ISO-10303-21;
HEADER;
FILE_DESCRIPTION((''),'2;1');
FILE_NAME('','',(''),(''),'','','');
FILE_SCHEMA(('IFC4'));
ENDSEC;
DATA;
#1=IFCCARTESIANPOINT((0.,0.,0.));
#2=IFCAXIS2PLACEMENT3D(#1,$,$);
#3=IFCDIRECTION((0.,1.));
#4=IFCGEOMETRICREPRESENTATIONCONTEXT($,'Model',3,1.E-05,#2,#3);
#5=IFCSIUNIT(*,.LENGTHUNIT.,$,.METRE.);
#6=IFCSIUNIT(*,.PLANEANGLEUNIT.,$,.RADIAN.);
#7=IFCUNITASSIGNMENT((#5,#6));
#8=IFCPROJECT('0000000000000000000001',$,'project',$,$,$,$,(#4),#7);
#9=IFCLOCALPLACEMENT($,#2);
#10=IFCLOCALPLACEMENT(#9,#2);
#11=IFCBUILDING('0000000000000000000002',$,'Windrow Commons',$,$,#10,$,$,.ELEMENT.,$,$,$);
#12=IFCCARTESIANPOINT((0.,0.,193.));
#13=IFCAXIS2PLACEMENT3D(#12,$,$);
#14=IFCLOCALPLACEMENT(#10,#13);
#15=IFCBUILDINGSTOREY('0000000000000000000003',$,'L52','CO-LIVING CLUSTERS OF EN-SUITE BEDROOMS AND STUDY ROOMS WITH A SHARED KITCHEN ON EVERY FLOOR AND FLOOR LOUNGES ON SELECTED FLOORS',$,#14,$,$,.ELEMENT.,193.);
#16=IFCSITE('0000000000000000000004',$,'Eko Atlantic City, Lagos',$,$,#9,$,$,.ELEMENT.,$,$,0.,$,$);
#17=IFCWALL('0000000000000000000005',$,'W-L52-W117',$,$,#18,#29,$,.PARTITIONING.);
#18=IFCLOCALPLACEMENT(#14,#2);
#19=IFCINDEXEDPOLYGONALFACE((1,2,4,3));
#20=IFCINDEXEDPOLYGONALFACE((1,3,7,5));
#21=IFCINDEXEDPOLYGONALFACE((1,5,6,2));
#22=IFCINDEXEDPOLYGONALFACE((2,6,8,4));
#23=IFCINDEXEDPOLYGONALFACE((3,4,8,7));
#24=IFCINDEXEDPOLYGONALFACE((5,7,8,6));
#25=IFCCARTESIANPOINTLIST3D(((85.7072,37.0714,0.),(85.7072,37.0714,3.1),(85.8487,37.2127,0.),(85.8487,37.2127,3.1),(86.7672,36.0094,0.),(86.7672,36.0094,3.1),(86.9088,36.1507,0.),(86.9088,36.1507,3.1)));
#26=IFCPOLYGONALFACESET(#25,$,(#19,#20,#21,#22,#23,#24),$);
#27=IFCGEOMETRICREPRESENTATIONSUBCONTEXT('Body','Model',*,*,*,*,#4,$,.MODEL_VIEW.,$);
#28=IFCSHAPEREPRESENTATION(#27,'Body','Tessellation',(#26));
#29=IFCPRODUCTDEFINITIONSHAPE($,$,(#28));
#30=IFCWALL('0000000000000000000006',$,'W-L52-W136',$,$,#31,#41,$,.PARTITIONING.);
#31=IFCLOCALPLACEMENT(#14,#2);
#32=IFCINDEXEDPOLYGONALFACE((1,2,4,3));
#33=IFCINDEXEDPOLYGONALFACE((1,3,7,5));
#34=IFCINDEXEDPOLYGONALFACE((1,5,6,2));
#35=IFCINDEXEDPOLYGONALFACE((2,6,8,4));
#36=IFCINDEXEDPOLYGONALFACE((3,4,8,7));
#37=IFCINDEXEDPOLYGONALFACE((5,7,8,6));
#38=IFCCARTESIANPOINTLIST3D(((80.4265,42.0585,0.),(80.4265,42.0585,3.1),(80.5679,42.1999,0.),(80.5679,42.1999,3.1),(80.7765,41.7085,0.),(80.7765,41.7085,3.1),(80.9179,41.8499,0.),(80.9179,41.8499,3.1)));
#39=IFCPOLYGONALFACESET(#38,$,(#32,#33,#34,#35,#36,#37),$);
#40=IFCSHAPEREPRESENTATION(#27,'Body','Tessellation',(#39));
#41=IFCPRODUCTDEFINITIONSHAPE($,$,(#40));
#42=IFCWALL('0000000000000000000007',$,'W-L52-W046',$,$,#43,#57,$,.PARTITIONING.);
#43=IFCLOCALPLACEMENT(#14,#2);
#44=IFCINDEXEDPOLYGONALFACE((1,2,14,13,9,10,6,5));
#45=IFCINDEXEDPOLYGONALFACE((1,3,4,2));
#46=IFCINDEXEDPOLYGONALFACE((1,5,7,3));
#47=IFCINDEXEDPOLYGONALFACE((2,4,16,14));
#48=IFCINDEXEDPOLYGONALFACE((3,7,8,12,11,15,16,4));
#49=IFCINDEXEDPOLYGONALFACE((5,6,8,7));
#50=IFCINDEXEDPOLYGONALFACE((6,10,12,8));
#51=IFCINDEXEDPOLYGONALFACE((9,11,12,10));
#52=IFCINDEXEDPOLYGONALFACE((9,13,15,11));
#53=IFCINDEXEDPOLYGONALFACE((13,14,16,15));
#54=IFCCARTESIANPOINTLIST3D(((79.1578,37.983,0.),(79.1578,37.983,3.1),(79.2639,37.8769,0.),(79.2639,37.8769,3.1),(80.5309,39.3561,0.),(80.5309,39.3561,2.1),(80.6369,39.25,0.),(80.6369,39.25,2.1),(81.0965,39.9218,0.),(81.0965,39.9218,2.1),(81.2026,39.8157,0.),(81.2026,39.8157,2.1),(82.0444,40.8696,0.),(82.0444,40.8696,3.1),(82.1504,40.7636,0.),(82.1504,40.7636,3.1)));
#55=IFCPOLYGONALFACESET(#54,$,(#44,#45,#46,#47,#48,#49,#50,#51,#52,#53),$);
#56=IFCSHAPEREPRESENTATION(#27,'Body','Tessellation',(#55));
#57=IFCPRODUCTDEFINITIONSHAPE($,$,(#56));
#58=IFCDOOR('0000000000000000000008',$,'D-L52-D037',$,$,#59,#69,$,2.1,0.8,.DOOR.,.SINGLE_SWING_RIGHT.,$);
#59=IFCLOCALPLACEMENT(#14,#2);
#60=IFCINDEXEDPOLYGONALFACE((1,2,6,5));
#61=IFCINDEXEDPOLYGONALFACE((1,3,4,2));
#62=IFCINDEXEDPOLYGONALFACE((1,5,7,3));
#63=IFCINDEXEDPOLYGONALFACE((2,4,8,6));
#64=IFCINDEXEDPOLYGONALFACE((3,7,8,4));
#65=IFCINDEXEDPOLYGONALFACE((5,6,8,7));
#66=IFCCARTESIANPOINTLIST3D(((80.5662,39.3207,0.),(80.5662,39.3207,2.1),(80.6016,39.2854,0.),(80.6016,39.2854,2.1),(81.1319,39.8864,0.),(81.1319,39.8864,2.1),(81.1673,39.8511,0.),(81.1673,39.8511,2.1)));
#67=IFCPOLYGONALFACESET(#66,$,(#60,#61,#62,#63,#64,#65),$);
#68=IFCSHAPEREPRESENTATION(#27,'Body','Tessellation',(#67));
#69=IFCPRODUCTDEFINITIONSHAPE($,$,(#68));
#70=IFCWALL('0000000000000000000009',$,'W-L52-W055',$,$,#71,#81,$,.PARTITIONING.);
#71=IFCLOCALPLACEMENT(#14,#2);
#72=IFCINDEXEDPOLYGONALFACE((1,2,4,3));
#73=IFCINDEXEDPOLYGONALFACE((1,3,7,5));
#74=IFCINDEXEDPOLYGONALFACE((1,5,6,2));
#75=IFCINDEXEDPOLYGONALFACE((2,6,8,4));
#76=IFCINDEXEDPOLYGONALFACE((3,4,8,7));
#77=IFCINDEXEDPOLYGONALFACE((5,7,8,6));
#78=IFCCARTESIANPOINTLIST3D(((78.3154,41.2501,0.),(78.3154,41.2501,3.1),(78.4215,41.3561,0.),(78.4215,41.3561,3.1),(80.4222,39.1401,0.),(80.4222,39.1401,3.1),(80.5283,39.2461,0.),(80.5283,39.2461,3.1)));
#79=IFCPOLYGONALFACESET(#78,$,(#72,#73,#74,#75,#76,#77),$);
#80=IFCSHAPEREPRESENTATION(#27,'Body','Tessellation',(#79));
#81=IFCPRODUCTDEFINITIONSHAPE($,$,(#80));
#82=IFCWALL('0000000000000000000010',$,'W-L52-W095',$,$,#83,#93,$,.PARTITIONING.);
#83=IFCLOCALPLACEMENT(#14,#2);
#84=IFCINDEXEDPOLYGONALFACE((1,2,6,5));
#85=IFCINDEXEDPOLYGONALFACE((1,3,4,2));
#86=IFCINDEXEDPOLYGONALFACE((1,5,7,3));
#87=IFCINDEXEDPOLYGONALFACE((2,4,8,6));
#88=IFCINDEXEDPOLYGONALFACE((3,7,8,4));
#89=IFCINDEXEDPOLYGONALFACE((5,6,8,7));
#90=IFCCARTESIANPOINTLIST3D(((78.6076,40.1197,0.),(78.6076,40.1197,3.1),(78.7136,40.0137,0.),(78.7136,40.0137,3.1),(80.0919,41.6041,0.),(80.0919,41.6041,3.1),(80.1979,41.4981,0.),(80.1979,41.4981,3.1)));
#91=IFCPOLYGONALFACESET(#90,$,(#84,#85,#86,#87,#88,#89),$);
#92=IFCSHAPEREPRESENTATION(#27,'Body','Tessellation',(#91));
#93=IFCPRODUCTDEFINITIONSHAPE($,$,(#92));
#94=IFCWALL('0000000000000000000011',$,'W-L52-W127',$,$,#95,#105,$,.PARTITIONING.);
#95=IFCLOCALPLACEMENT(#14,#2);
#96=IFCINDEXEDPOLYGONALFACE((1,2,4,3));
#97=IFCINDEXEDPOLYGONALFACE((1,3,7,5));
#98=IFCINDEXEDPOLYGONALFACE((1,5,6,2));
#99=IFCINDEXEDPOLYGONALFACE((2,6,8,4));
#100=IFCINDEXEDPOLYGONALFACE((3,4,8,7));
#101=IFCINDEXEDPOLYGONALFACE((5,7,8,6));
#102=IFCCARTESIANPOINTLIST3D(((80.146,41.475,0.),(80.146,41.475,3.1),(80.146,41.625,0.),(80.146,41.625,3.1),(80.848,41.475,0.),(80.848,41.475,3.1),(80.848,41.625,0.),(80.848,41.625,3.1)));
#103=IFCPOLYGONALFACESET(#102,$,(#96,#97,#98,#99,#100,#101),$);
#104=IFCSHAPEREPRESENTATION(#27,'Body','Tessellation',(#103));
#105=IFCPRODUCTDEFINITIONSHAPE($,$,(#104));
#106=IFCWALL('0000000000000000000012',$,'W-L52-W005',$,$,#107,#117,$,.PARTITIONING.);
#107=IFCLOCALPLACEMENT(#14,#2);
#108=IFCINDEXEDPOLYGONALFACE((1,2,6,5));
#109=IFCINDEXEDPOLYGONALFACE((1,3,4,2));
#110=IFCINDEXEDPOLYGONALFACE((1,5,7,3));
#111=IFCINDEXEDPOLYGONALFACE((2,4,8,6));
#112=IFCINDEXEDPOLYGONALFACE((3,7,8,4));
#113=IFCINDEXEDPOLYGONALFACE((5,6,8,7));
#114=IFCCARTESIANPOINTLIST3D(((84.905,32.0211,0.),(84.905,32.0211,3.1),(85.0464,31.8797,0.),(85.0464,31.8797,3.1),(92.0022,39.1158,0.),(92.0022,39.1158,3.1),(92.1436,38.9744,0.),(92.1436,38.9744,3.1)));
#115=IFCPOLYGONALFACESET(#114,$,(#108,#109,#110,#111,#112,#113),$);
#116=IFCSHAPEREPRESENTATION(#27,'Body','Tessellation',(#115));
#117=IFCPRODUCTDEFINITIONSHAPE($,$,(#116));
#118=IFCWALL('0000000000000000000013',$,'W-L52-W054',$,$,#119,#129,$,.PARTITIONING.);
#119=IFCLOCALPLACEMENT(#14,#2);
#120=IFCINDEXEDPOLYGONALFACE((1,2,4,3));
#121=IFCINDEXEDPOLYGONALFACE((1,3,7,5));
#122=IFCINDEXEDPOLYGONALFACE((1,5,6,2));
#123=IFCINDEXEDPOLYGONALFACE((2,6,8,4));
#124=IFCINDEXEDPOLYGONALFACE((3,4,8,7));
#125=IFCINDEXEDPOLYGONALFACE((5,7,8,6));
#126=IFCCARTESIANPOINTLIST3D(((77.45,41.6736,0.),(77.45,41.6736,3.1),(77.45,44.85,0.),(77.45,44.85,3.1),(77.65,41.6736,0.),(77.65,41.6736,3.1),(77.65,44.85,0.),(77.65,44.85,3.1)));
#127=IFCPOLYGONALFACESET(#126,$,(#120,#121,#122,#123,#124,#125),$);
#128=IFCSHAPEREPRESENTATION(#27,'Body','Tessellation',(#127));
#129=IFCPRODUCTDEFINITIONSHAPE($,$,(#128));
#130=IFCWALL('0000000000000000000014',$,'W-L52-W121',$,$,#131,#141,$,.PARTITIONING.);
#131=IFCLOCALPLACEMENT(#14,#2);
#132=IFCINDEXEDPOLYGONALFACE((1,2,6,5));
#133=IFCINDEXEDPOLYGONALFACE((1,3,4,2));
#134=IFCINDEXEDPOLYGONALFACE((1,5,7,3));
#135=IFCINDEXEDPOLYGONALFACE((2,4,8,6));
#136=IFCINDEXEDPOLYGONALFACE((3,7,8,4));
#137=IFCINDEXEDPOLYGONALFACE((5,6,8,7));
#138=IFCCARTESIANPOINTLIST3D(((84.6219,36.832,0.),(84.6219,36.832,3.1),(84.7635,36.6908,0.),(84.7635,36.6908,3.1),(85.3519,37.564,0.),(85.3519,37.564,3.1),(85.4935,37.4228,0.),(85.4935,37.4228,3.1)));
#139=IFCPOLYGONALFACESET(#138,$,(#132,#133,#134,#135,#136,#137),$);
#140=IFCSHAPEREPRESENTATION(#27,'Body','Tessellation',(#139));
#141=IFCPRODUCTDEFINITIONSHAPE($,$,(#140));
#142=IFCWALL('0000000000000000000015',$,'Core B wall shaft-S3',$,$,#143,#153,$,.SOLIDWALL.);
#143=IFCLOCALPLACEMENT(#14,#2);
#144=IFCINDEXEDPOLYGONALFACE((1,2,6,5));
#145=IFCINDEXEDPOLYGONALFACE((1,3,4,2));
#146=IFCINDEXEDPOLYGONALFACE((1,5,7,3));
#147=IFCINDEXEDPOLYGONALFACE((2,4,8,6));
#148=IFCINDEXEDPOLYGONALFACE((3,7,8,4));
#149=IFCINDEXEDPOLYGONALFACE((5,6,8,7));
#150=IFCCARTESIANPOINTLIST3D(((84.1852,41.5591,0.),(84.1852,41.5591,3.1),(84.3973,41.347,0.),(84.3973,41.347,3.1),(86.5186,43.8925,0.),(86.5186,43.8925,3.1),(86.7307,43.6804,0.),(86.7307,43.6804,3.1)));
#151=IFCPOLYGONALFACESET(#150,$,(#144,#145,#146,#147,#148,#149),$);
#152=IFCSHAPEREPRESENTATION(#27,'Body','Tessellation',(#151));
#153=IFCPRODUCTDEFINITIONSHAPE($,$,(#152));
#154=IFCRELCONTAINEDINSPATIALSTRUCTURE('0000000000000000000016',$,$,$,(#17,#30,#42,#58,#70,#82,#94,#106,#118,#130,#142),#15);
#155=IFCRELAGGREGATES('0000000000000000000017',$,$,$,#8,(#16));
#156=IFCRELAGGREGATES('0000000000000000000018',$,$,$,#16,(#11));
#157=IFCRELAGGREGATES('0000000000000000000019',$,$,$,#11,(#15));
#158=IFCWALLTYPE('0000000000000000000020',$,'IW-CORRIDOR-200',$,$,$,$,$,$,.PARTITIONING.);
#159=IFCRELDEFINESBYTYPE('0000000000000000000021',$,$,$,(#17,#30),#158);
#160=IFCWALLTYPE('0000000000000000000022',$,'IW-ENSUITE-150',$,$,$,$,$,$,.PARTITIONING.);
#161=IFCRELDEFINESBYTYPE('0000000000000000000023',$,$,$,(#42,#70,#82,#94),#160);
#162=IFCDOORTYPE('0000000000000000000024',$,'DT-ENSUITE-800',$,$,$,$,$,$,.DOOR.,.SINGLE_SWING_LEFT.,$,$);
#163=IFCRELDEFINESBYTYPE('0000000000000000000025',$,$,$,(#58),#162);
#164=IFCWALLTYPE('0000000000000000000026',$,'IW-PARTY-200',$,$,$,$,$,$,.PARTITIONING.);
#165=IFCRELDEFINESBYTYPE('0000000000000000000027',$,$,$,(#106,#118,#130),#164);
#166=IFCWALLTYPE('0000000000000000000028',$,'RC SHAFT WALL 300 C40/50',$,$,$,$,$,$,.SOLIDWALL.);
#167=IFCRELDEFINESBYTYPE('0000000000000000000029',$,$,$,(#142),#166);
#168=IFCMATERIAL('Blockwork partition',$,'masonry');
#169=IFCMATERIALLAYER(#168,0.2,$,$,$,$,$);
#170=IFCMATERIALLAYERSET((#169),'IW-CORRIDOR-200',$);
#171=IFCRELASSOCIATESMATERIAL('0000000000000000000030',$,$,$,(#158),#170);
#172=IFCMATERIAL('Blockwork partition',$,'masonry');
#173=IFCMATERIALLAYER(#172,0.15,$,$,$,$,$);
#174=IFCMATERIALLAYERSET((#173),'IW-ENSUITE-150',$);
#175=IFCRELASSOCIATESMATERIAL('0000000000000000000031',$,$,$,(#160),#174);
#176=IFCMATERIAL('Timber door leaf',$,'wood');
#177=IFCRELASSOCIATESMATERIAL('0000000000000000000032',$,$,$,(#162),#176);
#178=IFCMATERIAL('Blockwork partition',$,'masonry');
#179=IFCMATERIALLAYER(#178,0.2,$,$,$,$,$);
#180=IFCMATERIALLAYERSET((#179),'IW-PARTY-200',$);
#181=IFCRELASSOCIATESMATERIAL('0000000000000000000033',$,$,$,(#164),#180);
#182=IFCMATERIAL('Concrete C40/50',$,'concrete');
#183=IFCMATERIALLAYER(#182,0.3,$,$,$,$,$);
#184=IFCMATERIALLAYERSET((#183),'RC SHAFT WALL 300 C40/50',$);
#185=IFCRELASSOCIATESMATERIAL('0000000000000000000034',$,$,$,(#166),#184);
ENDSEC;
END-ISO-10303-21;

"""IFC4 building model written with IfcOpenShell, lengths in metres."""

from ifc_helpers import new_model, si_unit, direction, frame, frame_2d, origin, place, context, subcontext, project, spatial, rectangle, extrude, material, layer, layer_set, type_object, element, fill, save


model = new_model("IFC4")

# Units and contexts
model_context = context("Model", 3, precision=1e-05, world=origin(), true_north=direction((0.0, 1.0)))
body_context = subcontext(model_context, "Body", "Model", "MODEL_VIEW")
ifc_project = project(units=[si_unit("LENGTHUNIT", "METRE"), si_unit("PLANEANGLEUNIT", "RADIAN")], contexts=[model_context])

# Site, building, storey
site_placement = place(None, origin())
site = spatial("IfcSite", under=ifc_project, at=site_placement, Name="Eko Atlantic City, Lagos", CompositionType="ELEMENT", RefElevation=0.0)
building_placement = place(site_placement, origin())
building = spatial("IfcBuilding", under=site, at=building_placement, Name="Windrow Commons", CompositionType="ELEMENT")
storey_placement = place(building_placement, frame((0.0, 0.0, 193.0)))
storey = spatial("IfcBuildingStorey", under=building, at=storey_placement, Name="L52", Description="CO-LIVING CLUSTERS OF EN-SUITE BEDROOMS AND STUDY ROOMS WITH A SHARED KITCHEN ON EVERY FLOOR AND FLOOR LOUNGES ON SELECTED FLOORS", CompositionType="ELEMENT", Elevation=193.0)

# Shared definitions
ifc_material_1 = material(Name="Blockwork partition", Category="masonry")
ifc_layer_1 = layer(ifc_material_1, 0.2)
ifc_layer_set_1 = layer_set([ifc_layer_1], Name="IW-CORRIDOR-200")
wall_type_1 = type_object("IfcWallType", Name="IW-CORRIDOR-200", PredefinedType="PARTITIONING", material=ifc_layer_set_1)

# Walls
wall_1_placement = place(storey_placement, frame((85.778, 37.142, 0.0), z_axis=(0.0, 0.0, 1.0), x_axis=(0.70644, -0.707773, 0.0)))
element("IfcWall", 1, at=wall_1_placement, inside=storey, type_object=wall_type_1, Name="W-L52-W117", PredefinedType="PARTITIONING", context=body_context, shape_type="SweptSolid", body=[
    extrude(rectangle(XDim=1.5005, YDim=0.2, at=frame_2d((0.7502, 0.0))), origin(), (0.0, 0.0, 1.0), 3.1),
])
wall_2_placement = place(storey_placement, frame((80.4972, 42.1292, 0.0), z_axis=(0.0, 0.0, 1.0), x_axis=(0.707107, -0.707107, 0.0)))
element("IfcWall", 2, at=wall_2_placement, inside=storey, type_object=wall_type_1, Name="W-L52-W136", PredefinedType="PARTITIONING", context=body_context, shape_type="SweptSolid", body=[
    extrude(rectangle(XDim=0.495, YDim=0.2, at=frame_2d((0.2475, 0.0))), origin(), (0.0, 0.0, 1.0), 3.1),
])

# Wall, opening, door
ifc_material_2 = material(Name="Blockwork partition", Category="masonry")
ifc_layer_2 = layer(ifc_material_2, 0.15)
ifc_layer_set_2 = layer_set([ifc_layer_2], Name="IW-ENSUITE-150")
wall_type_2 = type_object("IfcWallType", Name="IW-ENSUITE-150", PredefinedType="PARTITIONING", material=ifc_layer_set_2)
wall_3_placement = place(storey_placement, frame((79.2108, 37.9299, 0.0), z_axis=(0.0, 0.0, 1.0), x_axis=(0.707095, 0.707119, 0.0)))
wall_3 = element("IfcWall", 3, at=wall_3_placement, inside=storey, type_object=wall_type_2, Name="W-L52-W046", PredefinedType="PARTITIONING", context=body_context, shape_type="SweptSolid", body=[
    extrude(rectangle(XDim=4.0823, YDim=0.15, at=frame_2d((2.0412, 0.0))), origin(), (0.0, 0.0, 1.0), 3.1),
])
opening_1_placement = place(wall_3_placement, frame((1.9419, 0.0, 0.0)))
opening_1 = element("IfcOpeningElement", 4, at=opening_1_placement, cuts=wall_3, PredefinedType="OPENING", context=body_context, shape_type="SweptSolid", body=[
    extrude(rectangle(XDim=0.8, YDim=2.1, at=frame_2d((0.4, 1.05))), frame((0.0, 0.085, 0.0), z_axis=(0.0, -1.0, 0.0), x_axis=(1.0, 0.0, 0.0)), (0.0, 0.0, 1.0), 0.17),
])
ifc_material_3 = material(Name="Timber door leaf", Category="wood")
door_type_1 = type_object("IfcDoorType", Name="DT-ENSUITE-800", OperationType="SINGLE_SWING_LEFT", PredefinedType="DOOR", material=ifc_material_3)
door_1_placement = place(opening_1_placement, origin())
door_1 = element("IfcDoor", 5, at=door_1_placement, inside=storey, type_object=door_type_1, Name="D-L52-D037", OperationType="SINGLE_SWING_RIGHT", OverallHeight=2.1, OverallWidth=0.8, PredefinedType="DOOR", context=body_context, shape_type="SweptSolid", body=[
    extrude(rectangle(XDim=0.8, YDim=2.1, at=frame_2d((0.4, 1.05))), frame((0.0, 0.025, 0.0), z_axis=(0.0, -1.0, 0.0), x_axis=(1.0, 0.0, 0.0)), (0.0, 0.0, 1.0), 0.05),
])
fill(opening_1, door_1)

# Walls
wall_4_placement = place(storey_placement, frame((78.3684, 41.3031, 0.0), z_axis=(0.0, 0.0, 1.0), x_axis=(0.706587, -0.707626, 0.0)))
element("IfcWall", 6, at=wall_4_placement, inside=storey, type_object=wall_type_2, Name="W-L52-W055", PredefinedType="PARTITIONING", context=body_context, shape_type="SweptSolid", body=[
    extrude(rectangle(XDim=2.9817, YDim=0.15, at=frame_2d((1.4909, 0.0))), origin(), (0.0, 0.0, 1.0), 3.1),
])
wall_5_placement = place(storey_placement, frame((78.6606, 40.0667, 0.0), z_axis=(0.0, 0.0, 1.0), x_axis=(0.707083, 0.707131, 0.0)))
element("IfcWall", 7, at=wall_5_placement, inside=storey, type_object=wall_type_2, Name="W-L52-W095", PredefinedType="PARTITIONING", context=body_context, shape_type="SweptSolid", body=[
    extrude(rectangle(XDim=2.0992, YDim=0.15, at=frame_2d((1.0496, 0.0))), origin(), (0.0, 0.0, 1.0), 3.1),
])
wall_6_placement = place(storey_placement, frame((80.146, 41.55, 0.0), z_axis=(0.0, 0.0, 1.0), x_axis=(1.0, 0.0, 0.0)))
element("IfcWall", 8, at=wall_6_placement, inside=storey, type_object=wall_type_2, Name="W-L52-W127", PredefinedType="PARTITIONING", context=body_context, shape_type="SweptSolid", body=[
    extrude(rectangle(XDim=0.702, YDim=0.15, at=frame_2d((0.351, 0.0))), origin(), (0.0, 0.0, 1.0), 3.1),
])
ifc_material_4 = material(Name="Blockwork partition", Category="masonry")
ifc_layer_3 = layer(ifc_material_4, 0.2)
ifc_layer_set_3 = layer_set([ifc_layer_3], Name="IW-PARTY-200")
wall_type_3 = type_object("IfcWallType", Name="IW-PARTY-200", PredefinedType="PARTITIONING", material=ifc_layer_set_3)
wall_7_placement = place(storey_placement, frame((84.9757, 31.9504, 0.0), z_axis=(0.0, 0.0, 1.0), x_axis=(0.707231, 0.706982, 0.0)))
element("IfcWall", 9, at=wall_7_placement, inside=storey, type_object=wall_type_3, Name="W-L52-W005", PredefinedType="PARTITIONING", context=body_context, shape_type="SweptSolid", body=[
    extrude(rectangle(XDim=10.0352, YDim=0.2, at=frame_2d((5.0176, 0.0))), origin(), (0.0, 0.0, 1.0), 3.1),
])
wall_8_placement = place(storey_placement, frame((77.55, 41.6737, 0.0), z_axis=(0.0, 0.0, 1.0), x_axis=(0.0, 1.0, 0.0)))
element("IfcWall", 10, at=wall_8_placement, inside=storey, type_object=wall_type_3, Name="W-L52-W054", PredefinedType="PARTITIONING", context=body_context, shape_type="SweptSolid", body=[
    extrude(rectangle(XDim=3.1763, YDim=0.2, at=frame_2d((1.5881, 0.0))), origin(), (0.0, 0.0, 1.0), 3.1),
])
wall_9_placement = place(storey_placement, frame((84.6927, 36.7614, 0.0), z_axis=(0.0, 0.0, 1.0), x_axis=(0.706139, 0.708073, 0.0)))
element("IfcWall", 11, at=wall_9_placement, inside=storey, type_object=wall_type_3, Name="W-L52-W121", PredefinedType="PARTITIONING", context=body_context, shape_type="SweptSolid", body=[
    extrude(rectangle(XDim=1.0338, YDim=0.2, at=frame_2d((0.5169, 0.0))), origin(), (0.0, 0.0, 1.0), 3.1),
])
ifc_material_5 = material(Name="Concrete C40/50", Category="concrete")
ifc_layer_4 = layer(ifc_material_5, 0.3)
ifc_layer_set_4 = layer_set([ifc_layer_4], Name="RC SHAFT WALL 300 C40/50")
wall_type_4 = type_object("IfcWallType", Name="RC SHAFT WALL 300 C40/50", PredefinedType="SOLIDWALL", material=ifc_layer_set_4)
wall_10_placement = place(storey_placement, frame((84.2912, 41.453, 0.0), z_axis=(0.0, 0.0, 1.0), x_axis=(0.707107, 0.707107, 0.0)))
element("IfcWall", 12, at=wall_10_placement, inside=storey, type_object=wall_type_4, Name="Core B wall shaft-S3", PredefinedType="SOLIDWALL", context=body_context, shape_type="SweptSolid", body=[
    extrude(rectangle(XDim=3.2999, YDim=0.3, at=frame_2d((1.65, 0.0))), origin(), (0.0, 0.0, 1.0), 3.1),
])

save(model, "model.ifc")
